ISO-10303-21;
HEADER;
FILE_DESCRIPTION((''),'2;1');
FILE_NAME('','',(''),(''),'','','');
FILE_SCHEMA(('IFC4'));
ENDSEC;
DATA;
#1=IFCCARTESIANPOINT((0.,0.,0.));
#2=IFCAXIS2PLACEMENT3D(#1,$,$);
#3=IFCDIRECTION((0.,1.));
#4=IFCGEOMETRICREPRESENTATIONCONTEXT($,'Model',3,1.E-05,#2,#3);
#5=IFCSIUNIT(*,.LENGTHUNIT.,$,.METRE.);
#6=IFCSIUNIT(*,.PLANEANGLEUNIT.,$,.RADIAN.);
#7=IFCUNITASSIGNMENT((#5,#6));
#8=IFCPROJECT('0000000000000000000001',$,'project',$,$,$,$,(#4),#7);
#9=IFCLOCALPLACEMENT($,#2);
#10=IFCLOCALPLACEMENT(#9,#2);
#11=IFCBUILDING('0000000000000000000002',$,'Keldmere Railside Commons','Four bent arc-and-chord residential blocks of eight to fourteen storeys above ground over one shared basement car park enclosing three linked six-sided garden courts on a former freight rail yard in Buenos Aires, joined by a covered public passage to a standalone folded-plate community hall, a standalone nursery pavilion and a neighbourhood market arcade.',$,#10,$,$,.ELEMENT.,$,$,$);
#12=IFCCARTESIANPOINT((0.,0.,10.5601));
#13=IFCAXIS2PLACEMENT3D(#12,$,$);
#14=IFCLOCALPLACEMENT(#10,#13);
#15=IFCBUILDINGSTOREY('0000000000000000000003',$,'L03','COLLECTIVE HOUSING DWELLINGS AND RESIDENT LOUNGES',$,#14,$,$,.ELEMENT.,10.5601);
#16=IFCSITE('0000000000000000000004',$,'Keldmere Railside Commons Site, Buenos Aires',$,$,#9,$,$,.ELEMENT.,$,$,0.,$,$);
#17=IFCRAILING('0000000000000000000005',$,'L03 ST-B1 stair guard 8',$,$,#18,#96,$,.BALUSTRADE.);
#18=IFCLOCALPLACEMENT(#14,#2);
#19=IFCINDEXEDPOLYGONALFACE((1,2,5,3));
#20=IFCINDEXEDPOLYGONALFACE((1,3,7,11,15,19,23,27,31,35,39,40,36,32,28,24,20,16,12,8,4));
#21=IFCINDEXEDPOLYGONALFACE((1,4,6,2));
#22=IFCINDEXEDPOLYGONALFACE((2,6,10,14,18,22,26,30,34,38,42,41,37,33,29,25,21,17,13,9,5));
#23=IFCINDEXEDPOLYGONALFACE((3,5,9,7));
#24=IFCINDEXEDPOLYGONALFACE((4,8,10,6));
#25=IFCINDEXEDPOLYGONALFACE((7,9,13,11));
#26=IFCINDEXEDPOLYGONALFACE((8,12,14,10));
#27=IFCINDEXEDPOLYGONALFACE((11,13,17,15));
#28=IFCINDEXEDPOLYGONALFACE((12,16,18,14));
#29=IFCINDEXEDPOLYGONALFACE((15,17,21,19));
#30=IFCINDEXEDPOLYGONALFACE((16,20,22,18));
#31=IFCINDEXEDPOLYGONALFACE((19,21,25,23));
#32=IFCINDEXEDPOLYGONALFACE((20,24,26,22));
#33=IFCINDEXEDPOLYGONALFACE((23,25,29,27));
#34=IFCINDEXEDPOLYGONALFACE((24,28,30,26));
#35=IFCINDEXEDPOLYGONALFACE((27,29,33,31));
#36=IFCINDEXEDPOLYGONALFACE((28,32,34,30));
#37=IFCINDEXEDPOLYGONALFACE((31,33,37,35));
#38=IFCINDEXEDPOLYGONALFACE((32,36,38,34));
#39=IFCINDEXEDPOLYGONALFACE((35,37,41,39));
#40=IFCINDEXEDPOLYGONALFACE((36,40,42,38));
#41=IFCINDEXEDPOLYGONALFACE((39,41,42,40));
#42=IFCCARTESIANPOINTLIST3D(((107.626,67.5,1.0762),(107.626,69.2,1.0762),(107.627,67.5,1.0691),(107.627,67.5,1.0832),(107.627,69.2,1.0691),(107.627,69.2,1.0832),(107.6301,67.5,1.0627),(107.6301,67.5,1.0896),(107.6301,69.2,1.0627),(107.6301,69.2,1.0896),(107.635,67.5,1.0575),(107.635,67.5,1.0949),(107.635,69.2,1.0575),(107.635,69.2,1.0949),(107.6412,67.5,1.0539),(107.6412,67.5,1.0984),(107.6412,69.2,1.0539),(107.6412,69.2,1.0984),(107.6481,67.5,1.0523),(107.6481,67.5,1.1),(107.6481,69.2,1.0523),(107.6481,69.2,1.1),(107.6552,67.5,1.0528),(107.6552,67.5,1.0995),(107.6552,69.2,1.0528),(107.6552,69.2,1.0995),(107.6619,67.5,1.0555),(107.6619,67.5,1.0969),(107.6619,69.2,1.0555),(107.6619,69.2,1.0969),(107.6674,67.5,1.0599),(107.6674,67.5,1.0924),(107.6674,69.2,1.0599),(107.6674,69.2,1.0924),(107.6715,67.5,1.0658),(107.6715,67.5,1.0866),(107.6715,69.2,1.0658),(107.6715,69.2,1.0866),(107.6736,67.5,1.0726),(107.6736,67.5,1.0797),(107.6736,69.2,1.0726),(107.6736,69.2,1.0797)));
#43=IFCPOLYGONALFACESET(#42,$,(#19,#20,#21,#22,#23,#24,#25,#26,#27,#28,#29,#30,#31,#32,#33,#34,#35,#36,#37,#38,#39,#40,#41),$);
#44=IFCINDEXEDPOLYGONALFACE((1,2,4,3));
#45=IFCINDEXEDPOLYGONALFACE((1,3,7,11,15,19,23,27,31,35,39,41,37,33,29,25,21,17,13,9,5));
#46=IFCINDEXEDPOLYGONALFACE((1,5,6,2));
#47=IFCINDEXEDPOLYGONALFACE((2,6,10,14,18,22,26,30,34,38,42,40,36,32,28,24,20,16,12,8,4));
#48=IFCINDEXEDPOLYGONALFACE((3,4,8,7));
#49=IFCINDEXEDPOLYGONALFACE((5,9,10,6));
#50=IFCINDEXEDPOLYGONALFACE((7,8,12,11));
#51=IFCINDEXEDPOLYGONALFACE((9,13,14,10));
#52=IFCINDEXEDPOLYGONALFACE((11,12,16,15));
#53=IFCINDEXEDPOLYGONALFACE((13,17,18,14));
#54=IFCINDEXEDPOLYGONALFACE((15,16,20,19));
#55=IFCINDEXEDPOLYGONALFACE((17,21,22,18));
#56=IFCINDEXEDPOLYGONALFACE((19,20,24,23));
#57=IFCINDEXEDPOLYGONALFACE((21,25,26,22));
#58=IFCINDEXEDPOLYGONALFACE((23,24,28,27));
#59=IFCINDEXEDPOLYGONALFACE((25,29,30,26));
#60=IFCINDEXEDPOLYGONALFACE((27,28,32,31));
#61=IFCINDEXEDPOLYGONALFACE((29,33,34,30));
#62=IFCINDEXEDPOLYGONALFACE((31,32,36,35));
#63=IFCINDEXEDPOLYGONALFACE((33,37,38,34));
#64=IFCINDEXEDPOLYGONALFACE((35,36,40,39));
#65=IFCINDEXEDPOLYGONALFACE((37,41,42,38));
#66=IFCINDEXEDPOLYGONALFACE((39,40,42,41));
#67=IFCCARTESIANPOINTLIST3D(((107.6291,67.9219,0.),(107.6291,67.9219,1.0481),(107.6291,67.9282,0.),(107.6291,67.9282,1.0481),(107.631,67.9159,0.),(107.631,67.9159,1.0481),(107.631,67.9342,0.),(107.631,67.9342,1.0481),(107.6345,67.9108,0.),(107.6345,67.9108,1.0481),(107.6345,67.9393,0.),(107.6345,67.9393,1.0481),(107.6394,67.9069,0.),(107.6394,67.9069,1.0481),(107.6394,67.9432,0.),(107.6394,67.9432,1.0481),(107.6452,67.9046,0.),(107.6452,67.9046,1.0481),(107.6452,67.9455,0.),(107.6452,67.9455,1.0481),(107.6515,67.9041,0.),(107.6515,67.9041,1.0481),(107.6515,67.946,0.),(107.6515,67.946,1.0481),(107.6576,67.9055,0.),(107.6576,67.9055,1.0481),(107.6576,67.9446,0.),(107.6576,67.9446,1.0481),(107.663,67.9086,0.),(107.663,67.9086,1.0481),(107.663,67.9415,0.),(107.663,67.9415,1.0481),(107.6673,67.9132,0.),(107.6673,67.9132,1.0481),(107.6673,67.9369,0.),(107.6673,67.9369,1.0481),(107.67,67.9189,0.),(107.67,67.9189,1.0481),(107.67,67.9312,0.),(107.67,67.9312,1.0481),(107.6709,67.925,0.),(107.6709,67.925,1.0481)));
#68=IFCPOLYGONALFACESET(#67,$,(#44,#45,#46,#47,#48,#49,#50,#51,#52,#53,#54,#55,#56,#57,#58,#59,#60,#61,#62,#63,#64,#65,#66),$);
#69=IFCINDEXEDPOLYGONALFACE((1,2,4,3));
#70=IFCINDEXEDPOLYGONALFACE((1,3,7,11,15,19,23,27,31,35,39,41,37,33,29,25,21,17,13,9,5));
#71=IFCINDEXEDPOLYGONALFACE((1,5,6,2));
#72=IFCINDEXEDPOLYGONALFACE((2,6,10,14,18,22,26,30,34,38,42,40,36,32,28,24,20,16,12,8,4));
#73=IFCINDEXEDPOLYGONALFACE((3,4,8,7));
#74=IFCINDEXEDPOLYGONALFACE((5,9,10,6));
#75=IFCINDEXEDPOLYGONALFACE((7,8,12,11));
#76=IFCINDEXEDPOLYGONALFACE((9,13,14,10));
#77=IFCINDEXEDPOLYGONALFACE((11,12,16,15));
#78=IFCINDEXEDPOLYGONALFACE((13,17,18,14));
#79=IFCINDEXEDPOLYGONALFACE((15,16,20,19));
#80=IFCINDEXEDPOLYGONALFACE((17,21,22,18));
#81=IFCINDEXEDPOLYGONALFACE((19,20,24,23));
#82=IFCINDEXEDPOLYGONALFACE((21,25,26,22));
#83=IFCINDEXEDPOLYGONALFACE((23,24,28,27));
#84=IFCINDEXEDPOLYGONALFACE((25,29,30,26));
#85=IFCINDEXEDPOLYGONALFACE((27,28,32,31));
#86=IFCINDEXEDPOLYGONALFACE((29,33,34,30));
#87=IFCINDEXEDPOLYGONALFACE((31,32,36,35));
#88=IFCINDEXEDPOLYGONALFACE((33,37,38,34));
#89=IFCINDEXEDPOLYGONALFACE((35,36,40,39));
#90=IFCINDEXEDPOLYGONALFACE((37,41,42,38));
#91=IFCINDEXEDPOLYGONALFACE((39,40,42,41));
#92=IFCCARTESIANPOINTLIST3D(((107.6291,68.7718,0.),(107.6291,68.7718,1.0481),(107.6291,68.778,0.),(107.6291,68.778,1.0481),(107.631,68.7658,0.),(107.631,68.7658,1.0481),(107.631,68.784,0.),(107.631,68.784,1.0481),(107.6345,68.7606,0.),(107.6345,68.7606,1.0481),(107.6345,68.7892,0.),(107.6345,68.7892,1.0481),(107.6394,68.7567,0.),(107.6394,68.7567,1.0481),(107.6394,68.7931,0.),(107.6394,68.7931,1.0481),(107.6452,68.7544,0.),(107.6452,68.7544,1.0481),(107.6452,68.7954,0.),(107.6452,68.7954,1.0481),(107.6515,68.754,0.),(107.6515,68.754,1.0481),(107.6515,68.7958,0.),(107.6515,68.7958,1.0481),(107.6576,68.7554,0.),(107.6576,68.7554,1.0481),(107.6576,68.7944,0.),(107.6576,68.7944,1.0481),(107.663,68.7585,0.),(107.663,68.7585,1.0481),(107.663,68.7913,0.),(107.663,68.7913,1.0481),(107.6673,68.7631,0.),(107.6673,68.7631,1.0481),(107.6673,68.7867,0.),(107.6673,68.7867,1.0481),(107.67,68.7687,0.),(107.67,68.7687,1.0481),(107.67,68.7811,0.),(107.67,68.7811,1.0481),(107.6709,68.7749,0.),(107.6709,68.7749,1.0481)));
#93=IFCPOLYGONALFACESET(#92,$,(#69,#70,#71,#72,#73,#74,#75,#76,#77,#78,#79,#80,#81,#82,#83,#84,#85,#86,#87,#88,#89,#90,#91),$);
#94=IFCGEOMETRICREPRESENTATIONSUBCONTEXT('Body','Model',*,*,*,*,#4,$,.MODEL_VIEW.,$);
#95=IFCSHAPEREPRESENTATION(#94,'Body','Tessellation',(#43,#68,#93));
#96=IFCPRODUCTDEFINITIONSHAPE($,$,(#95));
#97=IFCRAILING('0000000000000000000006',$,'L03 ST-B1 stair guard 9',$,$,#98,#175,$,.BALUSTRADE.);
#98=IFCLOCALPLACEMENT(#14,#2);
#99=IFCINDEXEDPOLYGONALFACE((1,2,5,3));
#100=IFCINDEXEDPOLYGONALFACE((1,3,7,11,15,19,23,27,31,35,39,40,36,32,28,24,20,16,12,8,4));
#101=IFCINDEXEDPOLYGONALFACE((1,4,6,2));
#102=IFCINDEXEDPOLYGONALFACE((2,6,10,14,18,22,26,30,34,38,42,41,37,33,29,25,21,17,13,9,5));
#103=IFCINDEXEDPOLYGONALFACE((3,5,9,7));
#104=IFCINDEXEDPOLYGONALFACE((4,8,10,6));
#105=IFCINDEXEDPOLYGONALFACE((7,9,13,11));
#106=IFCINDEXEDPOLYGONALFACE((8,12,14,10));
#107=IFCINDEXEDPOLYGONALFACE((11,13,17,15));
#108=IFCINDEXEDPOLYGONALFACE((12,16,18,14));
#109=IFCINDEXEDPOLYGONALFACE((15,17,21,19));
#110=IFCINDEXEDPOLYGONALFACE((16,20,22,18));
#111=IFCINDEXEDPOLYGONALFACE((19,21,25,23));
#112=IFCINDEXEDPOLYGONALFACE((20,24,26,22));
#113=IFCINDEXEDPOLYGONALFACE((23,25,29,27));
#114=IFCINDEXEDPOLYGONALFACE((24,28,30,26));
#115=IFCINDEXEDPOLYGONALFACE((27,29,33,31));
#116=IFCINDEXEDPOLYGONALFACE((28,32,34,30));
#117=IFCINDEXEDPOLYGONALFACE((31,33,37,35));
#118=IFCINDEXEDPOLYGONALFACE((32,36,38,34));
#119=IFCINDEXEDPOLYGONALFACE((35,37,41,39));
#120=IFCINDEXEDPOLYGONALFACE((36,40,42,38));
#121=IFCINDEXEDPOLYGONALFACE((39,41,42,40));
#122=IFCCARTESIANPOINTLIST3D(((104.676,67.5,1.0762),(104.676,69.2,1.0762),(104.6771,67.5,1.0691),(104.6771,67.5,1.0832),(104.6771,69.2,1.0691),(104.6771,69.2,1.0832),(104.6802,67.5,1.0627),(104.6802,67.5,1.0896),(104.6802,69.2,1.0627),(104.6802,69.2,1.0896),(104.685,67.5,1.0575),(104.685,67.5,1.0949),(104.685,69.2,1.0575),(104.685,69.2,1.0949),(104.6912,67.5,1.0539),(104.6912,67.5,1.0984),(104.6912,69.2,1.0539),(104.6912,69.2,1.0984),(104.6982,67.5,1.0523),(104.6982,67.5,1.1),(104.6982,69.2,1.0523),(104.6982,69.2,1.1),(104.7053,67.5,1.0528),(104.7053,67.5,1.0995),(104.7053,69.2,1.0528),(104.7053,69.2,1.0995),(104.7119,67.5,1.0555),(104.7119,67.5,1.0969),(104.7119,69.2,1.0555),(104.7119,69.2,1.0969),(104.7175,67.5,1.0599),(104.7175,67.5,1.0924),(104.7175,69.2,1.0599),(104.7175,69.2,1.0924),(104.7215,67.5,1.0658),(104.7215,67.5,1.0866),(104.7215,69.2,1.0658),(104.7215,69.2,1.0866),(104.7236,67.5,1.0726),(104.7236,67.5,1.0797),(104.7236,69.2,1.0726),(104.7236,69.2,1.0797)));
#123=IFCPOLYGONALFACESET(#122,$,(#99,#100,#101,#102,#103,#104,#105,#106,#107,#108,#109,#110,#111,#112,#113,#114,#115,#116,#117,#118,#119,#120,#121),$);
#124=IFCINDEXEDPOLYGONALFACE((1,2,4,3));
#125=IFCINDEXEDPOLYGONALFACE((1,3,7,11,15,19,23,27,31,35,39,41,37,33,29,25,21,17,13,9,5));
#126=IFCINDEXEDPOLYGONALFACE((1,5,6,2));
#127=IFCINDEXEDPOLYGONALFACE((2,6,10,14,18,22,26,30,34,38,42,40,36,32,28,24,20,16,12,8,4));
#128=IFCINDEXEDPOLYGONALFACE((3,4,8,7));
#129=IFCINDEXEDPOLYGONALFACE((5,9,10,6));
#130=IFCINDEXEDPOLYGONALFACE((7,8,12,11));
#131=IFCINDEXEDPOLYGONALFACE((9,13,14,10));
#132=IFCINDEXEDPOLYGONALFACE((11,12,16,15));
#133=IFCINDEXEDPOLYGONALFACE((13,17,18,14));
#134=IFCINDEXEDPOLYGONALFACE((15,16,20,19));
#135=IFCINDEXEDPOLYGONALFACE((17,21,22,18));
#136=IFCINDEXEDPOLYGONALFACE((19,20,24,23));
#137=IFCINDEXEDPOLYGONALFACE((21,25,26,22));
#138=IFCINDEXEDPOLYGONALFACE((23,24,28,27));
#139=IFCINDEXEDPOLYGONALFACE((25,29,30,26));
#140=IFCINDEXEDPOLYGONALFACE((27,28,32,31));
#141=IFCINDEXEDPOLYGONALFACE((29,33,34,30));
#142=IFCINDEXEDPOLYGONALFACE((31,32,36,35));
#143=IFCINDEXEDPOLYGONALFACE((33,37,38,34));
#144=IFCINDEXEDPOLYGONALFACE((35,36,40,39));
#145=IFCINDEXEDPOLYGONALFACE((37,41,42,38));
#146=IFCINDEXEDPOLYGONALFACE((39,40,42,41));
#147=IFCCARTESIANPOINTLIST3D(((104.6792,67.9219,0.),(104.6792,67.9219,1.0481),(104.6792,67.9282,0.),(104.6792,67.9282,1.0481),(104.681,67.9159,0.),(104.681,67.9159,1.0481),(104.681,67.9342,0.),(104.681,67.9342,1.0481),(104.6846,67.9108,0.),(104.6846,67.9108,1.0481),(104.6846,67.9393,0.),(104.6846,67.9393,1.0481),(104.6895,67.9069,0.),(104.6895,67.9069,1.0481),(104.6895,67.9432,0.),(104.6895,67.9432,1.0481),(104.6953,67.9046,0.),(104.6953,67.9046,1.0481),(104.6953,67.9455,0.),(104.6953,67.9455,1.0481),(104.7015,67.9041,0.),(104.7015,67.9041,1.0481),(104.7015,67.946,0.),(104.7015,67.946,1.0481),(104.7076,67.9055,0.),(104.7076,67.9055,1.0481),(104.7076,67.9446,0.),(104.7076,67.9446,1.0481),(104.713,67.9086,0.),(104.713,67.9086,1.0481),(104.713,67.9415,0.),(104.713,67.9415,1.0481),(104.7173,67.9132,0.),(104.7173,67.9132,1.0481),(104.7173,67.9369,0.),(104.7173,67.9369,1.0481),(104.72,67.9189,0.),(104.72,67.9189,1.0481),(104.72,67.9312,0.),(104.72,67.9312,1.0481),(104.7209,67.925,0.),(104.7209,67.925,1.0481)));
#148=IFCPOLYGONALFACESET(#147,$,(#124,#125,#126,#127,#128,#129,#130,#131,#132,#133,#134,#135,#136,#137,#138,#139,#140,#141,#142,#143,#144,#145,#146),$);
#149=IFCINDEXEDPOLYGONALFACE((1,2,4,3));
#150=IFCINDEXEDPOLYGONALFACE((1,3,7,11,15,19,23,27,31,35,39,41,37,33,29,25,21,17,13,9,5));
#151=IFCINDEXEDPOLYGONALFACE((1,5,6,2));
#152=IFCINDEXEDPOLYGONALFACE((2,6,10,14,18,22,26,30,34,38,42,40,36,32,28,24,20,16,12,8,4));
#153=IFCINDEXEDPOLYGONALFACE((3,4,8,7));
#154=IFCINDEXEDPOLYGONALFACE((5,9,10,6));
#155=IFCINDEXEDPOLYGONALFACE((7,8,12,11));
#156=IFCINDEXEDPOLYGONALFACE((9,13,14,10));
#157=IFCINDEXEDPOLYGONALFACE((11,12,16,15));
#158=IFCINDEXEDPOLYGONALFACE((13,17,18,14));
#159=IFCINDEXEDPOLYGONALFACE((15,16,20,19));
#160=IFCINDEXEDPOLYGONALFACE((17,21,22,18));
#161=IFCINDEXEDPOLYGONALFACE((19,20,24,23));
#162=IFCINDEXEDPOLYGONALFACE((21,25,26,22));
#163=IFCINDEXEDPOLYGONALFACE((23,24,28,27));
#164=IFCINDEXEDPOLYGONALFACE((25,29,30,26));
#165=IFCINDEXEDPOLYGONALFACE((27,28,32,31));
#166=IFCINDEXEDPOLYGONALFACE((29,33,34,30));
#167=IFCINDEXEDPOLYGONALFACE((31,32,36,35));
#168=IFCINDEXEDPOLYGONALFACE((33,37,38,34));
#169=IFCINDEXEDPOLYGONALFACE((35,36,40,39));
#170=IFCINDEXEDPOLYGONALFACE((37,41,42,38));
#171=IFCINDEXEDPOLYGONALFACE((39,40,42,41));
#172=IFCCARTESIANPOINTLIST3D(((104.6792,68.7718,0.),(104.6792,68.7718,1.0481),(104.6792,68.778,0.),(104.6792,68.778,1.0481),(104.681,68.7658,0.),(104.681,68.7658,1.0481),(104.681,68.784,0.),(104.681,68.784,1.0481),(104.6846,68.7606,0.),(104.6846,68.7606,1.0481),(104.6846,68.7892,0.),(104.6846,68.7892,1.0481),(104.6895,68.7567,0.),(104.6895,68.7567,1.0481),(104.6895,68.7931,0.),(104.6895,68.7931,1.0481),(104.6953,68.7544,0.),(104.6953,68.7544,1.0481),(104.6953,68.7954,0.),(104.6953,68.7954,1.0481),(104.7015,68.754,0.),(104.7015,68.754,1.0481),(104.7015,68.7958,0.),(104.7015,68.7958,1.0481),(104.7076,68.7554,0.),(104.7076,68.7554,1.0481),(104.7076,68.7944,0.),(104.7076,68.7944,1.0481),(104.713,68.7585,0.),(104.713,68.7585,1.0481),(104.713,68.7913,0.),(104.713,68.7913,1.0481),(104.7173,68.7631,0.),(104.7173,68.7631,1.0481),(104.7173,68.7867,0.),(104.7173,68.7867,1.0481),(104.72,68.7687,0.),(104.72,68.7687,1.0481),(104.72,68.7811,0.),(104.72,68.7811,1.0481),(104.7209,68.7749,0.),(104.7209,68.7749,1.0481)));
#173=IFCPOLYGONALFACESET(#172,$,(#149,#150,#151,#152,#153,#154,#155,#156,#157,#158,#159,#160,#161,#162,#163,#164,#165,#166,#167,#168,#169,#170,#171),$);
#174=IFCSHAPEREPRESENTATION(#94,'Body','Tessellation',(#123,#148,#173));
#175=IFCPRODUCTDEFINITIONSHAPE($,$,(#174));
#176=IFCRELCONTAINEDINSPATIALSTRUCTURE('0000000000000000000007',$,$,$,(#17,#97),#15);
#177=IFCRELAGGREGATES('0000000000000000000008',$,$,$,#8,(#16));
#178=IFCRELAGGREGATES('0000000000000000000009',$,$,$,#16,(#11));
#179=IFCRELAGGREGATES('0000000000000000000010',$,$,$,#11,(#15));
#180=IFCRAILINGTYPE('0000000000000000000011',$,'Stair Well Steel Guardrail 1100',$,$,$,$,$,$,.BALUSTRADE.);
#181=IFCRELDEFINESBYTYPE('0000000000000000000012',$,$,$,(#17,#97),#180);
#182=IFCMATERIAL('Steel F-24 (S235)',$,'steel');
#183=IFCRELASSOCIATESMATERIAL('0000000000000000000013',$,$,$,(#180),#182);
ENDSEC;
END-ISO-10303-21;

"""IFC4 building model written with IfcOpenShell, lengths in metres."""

from ifc_helpers import new_model, si_unit, direction, frame, origin, origin_2d, place, context, subcontext, project, spatial, circle, extrude, material, type_object, element, save


model = new_model("IFC4")

# Units and contexts
model_context = context("Model", 3, precision=1e-05, world=origin(), true_north=direction((0.0, 1.0)))
body_context = subcontext(model_context, "Body", "Model", "MODEL_VIEW")
ifc_project = project(units=[si_unit("LENGTHUNIT", "METRE"), si_unit("PLANEANGLEUNIT", "RADIAN")], contexts=[model_context])

# Site, building, storey
site_placement = place(None, origin())
site = spatial("IfcSite", under=ifc_project, at=site_placement, Name="Keldmere Railside Commons Site, Buenos Aires", CompositionType="ELEMENT", RefElevation=0.0)
building_placement = place(site_placement, origin())
building = spatial("IfcBuilding", under=site, at=building_placement, Name="Keldmere Railside Commons", Description="Four bent arc-and-chord residential blocks of eight to fourteen storeys above ground over one shared basement car park enclosing three linked six-sided garden courts on a former freight rail yard in Buenos Aires, joined by a covered public passage to a standalone folded-plate community hall, a standalone nursery pavilion and a neighbourhood market arcade.", CompositionType="ELEMENT")
storey_placement = place(building_placement, frame((0.0, 0.0, 10.5601)))
storey = spatial("IfcBuildingStorey", under=building, at=storey_placement, Name="L03", Description="COLLECTIVE HOUSING DWELLINGS AND RESIDENT LOUNGES", CompositionType="ELEMENT", Elevation=10.5601)

# Railings
ifc_material_1 = material(Name="Steel F-24 (S235)", Category="steel")
railing_type_1 = type_object("IfcRailingType", Name="Stair Well Steel Guardrail 1100", PredefinedType="BALUSTRADE", material=ifc_material_1)
for number, where, name in (
    (1, (107.6499, 67.5, 0.0), "L03 ST-B1 stair guard 8"),
    (2, (104.7, 67.5, 0.0), "L03 ST-B1 stair guard 9"),
):
    element("IfcRailing", number, at=place(storey_placement, frame(where)), inside=storey, type_object=railing_type_1, Name=name, PredefinedType="BALUSTRADE", context=body_context, shape_type="SweptSolid", body=[
        extrude(circle(Radius=0.0239, at=origin_2d()), frame((0.0, 0.0, 1.0762), z_axis=(0.0, 1.0, 0.0), x_axis=(-1.0, 0.0, 0.0)), (0.0, 0.0, 1.0), 1.7),
        extrude(circle(Radius=0.021, at=origin_2d()), frame((0.0, 0.425, 0.0)), (0.0, 0.0, 1.0), 1.0481),
        extrude(circle(Radius=0.021, at=origin_2d()), frame((0.0, 1.2749, 0.0)), (0.0, 0.0, 1.0), 1.0481),
    ])

save(model, "model.ifc")
